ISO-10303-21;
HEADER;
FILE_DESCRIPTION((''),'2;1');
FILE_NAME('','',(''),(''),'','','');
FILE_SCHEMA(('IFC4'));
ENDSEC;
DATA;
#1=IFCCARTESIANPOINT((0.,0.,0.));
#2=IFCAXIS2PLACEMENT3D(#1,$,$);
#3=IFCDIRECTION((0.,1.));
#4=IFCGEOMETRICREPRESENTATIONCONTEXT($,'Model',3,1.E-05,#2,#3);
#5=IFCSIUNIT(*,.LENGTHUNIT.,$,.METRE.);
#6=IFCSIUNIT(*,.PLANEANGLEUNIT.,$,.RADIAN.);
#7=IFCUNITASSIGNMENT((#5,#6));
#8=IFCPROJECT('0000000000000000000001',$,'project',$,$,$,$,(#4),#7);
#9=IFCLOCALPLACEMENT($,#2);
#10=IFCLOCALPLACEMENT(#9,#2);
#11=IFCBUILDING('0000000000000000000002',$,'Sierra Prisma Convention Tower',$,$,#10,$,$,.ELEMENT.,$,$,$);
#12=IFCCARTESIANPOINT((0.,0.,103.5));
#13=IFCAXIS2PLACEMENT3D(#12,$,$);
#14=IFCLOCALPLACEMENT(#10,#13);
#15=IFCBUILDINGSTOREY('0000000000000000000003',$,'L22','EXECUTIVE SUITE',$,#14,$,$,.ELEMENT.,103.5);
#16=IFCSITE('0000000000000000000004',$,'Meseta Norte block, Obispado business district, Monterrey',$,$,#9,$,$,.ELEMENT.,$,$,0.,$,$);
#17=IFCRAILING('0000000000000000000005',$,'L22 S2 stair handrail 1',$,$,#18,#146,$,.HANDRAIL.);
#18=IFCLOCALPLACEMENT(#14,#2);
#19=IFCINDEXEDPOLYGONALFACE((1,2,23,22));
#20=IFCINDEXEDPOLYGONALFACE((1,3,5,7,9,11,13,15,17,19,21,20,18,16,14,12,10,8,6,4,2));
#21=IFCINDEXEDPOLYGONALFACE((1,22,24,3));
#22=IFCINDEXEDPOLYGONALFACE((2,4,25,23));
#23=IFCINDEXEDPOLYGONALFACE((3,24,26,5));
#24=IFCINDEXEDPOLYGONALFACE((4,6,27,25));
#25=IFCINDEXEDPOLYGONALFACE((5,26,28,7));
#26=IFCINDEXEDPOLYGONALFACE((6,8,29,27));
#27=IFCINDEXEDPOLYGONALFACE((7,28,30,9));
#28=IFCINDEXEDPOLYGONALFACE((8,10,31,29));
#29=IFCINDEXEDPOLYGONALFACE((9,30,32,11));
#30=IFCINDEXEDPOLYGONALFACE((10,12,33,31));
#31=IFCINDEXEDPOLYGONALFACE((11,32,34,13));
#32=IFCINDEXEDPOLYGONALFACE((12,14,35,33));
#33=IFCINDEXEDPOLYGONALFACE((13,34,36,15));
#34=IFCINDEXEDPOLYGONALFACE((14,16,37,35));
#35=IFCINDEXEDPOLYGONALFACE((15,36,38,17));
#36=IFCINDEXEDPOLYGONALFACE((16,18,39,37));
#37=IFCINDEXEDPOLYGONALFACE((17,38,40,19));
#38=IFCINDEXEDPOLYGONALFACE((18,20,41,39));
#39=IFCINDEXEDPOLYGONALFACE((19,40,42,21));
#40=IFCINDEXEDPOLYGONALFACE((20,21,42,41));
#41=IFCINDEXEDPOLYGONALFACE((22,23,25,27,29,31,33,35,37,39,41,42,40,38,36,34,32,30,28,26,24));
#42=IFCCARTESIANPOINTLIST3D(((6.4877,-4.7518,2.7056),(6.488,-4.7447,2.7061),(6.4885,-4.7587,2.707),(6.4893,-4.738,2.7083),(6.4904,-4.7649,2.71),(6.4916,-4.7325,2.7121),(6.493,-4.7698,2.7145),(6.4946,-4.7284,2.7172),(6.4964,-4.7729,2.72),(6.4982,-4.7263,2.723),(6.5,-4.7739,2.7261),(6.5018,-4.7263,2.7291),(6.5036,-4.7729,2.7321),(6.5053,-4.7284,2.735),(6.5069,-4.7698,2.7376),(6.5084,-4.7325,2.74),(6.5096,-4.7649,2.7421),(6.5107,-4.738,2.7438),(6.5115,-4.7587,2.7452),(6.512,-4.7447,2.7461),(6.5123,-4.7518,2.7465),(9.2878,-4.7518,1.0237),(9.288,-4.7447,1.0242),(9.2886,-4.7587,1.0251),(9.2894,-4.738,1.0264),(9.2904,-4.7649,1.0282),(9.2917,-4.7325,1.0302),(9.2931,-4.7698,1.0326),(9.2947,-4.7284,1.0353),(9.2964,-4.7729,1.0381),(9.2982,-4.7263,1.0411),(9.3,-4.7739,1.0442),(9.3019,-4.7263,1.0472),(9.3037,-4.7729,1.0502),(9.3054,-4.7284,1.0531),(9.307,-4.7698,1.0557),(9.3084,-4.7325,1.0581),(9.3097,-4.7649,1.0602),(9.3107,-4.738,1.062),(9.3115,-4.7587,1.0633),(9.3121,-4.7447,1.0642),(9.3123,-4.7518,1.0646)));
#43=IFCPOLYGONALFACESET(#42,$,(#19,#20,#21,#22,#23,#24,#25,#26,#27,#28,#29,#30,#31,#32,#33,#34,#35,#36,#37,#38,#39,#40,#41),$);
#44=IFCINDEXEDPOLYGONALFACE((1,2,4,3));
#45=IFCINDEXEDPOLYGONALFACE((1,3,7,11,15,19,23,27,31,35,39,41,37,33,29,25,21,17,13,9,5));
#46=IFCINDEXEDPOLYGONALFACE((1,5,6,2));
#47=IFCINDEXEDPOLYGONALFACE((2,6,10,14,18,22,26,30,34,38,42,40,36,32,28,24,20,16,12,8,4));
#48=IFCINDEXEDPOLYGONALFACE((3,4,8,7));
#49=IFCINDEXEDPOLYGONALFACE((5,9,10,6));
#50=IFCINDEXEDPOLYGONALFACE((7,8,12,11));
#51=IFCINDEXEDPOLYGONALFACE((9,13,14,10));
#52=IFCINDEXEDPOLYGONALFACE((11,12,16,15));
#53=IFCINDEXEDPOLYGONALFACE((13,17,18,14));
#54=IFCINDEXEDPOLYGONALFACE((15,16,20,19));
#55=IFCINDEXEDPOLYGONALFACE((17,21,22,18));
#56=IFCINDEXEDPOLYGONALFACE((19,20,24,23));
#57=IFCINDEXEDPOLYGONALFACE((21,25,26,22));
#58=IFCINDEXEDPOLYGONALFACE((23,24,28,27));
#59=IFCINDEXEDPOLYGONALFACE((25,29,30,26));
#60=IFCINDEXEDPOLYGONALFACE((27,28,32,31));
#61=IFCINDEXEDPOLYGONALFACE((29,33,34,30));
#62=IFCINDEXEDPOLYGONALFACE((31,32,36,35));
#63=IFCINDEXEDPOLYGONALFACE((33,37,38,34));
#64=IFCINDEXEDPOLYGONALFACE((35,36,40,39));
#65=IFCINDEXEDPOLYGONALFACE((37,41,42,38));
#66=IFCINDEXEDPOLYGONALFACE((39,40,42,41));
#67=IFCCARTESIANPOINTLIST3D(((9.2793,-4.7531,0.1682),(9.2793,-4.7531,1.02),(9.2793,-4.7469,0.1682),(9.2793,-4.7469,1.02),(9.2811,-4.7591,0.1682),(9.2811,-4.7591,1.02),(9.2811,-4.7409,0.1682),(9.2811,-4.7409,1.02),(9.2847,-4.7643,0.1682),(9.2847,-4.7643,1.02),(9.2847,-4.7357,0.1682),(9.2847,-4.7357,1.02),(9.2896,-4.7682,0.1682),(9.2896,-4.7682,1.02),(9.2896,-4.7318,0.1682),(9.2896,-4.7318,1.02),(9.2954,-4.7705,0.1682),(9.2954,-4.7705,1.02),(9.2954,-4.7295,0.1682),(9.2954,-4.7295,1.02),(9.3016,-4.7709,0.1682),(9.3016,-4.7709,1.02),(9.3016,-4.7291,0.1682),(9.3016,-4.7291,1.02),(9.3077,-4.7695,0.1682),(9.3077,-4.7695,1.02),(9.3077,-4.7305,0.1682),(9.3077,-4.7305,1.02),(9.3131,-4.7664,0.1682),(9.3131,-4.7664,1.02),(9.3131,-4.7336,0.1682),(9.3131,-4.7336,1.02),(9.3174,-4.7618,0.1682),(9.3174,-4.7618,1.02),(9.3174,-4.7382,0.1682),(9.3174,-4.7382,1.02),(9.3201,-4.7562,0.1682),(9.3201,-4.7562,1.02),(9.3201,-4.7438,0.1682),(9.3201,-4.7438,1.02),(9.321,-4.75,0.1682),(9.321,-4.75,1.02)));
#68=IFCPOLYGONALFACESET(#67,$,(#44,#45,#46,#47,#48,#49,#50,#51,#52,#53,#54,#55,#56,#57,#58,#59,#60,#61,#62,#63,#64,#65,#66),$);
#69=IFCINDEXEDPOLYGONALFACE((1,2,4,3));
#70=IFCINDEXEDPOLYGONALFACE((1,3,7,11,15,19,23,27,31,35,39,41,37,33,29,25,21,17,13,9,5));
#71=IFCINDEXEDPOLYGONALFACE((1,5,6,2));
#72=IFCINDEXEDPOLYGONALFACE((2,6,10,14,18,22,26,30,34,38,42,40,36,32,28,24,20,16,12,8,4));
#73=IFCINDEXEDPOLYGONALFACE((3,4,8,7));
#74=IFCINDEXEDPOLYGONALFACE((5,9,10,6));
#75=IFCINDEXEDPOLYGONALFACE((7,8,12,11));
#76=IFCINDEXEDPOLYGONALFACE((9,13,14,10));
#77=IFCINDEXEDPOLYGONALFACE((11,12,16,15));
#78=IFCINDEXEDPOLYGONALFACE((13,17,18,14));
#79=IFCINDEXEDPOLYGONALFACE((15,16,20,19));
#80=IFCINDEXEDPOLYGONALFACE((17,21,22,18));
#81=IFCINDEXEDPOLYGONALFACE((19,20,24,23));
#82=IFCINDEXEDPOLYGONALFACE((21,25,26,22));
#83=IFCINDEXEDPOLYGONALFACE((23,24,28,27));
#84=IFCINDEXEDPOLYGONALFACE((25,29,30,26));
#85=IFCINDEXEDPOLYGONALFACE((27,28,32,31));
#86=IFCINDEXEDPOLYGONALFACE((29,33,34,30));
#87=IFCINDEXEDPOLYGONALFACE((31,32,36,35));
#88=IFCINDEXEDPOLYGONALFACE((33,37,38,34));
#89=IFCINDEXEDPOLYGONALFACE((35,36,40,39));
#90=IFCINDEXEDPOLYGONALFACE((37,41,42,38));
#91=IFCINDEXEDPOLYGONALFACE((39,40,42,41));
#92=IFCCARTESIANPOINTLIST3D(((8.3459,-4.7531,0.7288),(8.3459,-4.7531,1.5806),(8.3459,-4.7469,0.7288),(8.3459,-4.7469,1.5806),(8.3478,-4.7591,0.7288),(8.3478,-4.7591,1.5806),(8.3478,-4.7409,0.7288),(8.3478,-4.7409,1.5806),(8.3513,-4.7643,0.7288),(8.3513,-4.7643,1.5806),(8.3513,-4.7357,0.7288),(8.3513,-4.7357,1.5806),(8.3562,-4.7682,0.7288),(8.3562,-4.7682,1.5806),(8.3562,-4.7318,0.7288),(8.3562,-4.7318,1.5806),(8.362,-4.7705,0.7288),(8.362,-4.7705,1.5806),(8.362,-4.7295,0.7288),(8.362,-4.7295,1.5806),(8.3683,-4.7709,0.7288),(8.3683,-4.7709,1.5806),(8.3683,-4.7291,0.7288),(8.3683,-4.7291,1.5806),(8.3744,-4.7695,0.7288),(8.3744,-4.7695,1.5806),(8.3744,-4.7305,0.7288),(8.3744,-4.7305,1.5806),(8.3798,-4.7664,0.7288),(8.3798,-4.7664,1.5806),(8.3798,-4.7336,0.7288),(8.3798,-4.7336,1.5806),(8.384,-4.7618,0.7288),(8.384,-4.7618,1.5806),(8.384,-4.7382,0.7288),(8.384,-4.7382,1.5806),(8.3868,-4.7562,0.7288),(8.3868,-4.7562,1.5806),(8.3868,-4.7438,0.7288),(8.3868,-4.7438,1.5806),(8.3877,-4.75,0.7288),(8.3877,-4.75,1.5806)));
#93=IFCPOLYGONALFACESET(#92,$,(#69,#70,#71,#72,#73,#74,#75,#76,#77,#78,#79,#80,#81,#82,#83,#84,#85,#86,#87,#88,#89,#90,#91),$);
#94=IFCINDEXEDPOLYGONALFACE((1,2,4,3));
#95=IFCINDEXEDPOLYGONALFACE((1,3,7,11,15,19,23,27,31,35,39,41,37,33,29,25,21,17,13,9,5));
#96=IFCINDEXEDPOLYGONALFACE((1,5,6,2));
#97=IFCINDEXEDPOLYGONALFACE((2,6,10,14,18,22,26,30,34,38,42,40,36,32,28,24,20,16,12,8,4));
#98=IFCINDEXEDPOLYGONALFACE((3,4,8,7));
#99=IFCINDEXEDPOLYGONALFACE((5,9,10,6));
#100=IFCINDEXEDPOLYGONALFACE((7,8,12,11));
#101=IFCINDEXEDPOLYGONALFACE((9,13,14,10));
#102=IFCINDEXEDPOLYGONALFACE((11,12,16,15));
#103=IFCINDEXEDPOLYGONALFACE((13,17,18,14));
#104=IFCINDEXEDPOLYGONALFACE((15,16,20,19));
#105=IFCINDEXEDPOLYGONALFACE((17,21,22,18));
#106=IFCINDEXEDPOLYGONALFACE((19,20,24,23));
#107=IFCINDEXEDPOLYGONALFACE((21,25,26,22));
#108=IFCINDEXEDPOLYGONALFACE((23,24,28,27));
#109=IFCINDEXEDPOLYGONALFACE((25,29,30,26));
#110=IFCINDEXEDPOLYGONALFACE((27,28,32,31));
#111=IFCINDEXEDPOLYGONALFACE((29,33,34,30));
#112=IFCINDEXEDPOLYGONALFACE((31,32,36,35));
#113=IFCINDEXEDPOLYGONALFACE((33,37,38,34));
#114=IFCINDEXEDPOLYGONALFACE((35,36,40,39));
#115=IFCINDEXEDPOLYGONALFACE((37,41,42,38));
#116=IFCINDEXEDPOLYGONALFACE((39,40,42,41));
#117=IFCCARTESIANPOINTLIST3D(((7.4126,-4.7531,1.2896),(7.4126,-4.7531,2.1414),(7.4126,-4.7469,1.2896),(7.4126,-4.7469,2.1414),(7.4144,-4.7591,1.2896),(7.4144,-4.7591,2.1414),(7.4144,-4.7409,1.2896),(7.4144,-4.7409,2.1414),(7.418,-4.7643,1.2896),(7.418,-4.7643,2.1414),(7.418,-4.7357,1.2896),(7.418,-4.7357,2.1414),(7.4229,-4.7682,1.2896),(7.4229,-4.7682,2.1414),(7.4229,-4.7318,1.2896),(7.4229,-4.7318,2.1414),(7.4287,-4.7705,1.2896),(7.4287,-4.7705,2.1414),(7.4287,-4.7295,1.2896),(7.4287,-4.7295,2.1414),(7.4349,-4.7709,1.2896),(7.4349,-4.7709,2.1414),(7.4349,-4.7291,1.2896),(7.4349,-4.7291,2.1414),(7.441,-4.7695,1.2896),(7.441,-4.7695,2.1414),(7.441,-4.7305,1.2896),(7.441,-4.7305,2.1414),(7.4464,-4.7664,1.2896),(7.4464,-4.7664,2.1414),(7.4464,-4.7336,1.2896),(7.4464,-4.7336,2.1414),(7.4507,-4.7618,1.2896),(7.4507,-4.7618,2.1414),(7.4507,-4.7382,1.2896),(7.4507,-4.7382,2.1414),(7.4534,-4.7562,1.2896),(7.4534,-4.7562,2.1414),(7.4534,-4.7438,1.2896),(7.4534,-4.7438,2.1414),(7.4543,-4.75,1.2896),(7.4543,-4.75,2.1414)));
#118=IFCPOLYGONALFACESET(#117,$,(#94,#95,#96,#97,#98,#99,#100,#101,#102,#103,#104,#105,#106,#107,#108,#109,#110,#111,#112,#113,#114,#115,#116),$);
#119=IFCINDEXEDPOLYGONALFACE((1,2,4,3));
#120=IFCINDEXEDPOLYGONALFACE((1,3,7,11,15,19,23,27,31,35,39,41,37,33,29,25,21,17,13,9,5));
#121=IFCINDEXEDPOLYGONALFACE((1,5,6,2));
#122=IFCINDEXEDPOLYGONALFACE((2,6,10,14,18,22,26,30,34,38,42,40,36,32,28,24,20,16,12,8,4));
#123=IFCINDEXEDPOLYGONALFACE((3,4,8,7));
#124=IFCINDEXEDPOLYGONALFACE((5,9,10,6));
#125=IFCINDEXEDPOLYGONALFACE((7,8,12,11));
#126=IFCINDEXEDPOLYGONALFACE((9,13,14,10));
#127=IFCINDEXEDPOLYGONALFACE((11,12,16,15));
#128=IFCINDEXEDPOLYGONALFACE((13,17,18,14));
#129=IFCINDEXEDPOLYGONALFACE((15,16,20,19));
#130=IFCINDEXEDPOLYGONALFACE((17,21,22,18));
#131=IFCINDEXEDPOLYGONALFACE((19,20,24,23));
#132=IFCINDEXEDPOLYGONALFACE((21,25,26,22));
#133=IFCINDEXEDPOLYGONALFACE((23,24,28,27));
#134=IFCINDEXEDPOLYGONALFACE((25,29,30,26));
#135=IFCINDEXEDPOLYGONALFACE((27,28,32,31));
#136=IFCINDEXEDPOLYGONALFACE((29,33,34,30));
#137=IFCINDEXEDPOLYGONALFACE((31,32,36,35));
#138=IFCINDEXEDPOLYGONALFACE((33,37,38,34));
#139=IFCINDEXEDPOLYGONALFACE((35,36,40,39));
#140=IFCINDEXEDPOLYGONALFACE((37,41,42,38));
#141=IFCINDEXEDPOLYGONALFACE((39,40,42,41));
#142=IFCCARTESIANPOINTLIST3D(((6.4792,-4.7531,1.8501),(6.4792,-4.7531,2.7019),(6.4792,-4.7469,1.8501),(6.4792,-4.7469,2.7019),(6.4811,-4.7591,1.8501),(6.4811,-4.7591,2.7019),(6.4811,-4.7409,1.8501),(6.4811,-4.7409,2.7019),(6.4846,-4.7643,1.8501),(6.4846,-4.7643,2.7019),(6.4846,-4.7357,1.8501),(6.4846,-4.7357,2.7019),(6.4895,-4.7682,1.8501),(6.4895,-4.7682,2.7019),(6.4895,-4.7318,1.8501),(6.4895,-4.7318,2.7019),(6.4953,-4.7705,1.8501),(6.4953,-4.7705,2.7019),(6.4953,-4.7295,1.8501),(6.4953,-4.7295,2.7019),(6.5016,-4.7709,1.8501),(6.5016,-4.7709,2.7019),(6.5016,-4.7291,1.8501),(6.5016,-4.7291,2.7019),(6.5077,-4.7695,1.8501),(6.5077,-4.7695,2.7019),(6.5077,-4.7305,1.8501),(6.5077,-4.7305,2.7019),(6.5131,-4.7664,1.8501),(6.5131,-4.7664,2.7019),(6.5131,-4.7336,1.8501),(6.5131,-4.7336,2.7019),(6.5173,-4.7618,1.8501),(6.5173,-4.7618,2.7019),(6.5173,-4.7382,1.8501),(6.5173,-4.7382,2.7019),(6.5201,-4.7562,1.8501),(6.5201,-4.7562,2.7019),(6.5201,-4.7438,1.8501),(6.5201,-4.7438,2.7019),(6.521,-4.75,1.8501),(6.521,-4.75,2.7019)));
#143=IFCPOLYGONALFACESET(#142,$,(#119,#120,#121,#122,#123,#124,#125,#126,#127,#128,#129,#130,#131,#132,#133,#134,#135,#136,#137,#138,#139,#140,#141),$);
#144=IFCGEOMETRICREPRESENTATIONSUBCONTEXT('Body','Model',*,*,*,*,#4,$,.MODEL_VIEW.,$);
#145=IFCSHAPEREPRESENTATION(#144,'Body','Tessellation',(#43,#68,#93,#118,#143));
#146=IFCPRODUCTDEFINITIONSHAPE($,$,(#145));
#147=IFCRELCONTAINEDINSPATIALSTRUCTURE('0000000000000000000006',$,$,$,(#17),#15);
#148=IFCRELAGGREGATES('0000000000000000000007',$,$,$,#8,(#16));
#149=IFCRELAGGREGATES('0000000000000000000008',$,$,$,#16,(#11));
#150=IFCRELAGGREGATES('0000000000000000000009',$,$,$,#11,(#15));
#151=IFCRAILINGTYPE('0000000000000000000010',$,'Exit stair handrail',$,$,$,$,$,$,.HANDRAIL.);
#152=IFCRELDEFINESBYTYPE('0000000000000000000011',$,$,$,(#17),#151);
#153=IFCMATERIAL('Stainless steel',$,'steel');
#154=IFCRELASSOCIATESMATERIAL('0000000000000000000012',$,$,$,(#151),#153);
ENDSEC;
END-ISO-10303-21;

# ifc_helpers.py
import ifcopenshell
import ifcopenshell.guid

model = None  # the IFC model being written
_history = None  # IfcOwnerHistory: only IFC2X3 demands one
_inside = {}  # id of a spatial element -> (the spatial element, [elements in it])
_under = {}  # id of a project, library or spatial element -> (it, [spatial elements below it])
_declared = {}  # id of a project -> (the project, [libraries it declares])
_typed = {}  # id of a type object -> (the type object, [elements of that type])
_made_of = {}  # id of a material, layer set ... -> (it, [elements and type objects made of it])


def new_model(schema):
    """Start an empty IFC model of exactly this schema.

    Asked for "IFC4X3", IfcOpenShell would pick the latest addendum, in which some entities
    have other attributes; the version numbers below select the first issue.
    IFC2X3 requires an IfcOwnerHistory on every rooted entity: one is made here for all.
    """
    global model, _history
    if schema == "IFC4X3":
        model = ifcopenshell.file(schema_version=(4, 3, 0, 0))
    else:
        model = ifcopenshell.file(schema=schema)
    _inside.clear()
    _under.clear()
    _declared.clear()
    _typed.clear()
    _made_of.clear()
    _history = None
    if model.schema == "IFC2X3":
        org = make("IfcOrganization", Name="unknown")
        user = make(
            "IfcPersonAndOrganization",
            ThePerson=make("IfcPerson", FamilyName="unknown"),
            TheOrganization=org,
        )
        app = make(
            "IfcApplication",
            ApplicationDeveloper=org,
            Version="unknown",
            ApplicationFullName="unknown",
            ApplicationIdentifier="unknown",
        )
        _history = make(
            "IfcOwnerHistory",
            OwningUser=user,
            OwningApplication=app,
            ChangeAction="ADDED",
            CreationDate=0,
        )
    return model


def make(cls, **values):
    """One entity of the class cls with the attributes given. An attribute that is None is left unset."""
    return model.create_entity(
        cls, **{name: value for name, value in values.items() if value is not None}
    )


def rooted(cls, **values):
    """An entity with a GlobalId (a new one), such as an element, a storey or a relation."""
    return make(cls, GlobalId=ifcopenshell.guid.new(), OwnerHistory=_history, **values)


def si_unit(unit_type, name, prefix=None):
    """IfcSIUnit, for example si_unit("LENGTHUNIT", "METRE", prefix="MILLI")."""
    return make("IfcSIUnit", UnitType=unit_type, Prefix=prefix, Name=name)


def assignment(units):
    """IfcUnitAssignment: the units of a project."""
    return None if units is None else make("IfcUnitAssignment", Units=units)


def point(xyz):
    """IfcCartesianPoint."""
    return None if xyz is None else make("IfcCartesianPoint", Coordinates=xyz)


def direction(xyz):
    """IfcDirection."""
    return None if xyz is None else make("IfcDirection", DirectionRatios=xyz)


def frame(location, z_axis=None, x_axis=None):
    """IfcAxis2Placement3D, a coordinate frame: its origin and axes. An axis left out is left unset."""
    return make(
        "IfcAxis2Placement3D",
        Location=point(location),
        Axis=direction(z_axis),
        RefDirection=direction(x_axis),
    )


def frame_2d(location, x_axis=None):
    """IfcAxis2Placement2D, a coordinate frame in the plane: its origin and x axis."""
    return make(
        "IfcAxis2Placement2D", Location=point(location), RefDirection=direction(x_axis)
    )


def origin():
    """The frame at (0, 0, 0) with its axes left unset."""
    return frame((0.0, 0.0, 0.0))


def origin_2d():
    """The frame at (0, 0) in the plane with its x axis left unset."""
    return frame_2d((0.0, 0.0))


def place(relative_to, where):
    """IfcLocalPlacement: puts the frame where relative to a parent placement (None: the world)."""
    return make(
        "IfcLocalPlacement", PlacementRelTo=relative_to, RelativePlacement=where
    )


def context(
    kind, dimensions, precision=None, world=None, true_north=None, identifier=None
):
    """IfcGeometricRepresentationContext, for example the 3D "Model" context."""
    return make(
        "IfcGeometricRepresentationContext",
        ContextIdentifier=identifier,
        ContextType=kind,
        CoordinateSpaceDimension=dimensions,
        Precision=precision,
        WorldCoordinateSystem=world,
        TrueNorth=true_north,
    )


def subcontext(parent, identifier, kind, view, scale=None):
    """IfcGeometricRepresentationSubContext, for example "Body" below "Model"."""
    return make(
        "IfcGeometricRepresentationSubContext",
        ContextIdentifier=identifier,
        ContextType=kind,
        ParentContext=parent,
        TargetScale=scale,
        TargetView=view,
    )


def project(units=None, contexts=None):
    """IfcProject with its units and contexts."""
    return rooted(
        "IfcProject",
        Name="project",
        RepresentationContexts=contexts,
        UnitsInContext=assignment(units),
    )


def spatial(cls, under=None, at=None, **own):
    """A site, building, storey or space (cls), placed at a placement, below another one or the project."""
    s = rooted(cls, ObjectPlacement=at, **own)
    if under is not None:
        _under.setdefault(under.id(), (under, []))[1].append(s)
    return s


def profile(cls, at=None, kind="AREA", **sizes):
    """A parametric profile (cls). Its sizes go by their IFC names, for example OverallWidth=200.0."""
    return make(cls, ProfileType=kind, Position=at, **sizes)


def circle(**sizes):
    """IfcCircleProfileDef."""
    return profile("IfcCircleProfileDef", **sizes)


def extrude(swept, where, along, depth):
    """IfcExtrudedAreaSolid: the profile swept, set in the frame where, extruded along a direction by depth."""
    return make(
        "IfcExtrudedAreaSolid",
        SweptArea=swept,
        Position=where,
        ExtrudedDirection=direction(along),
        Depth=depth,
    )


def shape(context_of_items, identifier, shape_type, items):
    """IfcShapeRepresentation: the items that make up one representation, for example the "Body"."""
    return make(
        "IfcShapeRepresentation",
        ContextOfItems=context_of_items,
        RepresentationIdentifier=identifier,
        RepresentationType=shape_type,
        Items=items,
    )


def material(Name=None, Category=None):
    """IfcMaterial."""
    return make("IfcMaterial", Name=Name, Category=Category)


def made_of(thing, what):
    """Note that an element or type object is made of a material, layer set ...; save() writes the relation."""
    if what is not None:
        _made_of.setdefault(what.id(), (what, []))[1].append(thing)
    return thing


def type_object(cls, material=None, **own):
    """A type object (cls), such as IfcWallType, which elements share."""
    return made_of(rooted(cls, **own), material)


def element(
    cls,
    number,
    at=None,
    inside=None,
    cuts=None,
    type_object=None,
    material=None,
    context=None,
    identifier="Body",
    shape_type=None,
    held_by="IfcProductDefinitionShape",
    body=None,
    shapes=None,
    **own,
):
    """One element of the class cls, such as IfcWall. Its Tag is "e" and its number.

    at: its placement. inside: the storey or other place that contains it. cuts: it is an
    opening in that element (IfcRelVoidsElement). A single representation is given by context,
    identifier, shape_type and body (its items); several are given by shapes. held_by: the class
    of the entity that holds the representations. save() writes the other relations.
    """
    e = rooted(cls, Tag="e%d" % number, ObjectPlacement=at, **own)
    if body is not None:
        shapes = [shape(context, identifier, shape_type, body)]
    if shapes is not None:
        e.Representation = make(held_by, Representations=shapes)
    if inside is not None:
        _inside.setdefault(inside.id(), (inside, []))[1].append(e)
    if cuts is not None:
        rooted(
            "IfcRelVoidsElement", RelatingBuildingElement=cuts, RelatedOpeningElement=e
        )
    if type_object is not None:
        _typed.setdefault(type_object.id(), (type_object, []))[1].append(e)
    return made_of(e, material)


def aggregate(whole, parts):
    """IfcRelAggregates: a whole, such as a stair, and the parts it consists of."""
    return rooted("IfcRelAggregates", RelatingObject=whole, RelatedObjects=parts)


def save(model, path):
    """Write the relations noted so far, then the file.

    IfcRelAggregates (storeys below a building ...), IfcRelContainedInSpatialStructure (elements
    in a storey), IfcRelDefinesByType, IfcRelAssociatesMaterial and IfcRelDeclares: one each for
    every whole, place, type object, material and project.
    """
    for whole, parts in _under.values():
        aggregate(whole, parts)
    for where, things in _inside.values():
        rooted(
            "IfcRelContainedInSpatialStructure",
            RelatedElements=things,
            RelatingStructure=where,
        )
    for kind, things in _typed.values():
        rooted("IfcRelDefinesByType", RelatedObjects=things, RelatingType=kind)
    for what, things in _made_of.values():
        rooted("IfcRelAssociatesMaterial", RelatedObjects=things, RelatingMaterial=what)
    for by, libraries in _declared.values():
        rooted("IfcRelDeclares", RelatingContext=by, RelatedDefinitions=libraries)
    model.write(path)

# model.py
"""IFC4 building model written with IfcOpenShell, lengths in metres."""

from ifc_helpers import new_model, si_unit, direction, frame, origin, origin_2d, place, context, subcontext, project, spatial, circle, extrude, material, type_object, element, save


model = new_model("IFC4")

# Units and contexts
model_context = context("Model", 3, precision=1e-05, world=origin(), true_north=direction((0.0, 1.0)))
body_context = subcontext(model_context, "Body", "Model", "MODEL_VIEW")
ifc_project = project(units=[si_unit("LENGTHUNIT", "METRE"), si_unit("PLANEANGLEUNIT", "RADIAN")], contexts=[model_context])

# Site, building, storey
site_placement = place(None, origin())
site = spatial("IfcSite", under=ifc_project, at=site_placement, Name="Meseta Norte block, Obispado business district, Monterrey", CompositionType="ELEMENT", RefElevation=0.0)
building_placement = place(site_placement, origin())
building = spatial("IfcBuilding", under=site, at=building_placement, Name="Sierra Prisma Convention Tower", CompositionType="ELEMENT")
storey_placement = place(building_placement, frame((0.0, 0.0, 103.5)))
storey = spatial("IfcBuildingStorey", under=building, at=storey_placement, Name="L22", Description="EXECUTIVE SUITE", CompositionType="ELEMENT", Elevation=103.5)

# Railing
ifc_material_1 = material(Name="Stainless steel", Category="steel")
railing_type_1 = type_object("IfcRailingType", Name="Exit stair handrail", PredefinedType="HANDRAIL", material=ifc_material_1)
railing_1_placement = place(storey_placement, frame((9.3, -4.75, 0.1682)))
element("IfcRailing", 1, at=railing_1_placement, inside=storey, type_object=railing_type_1, Name="L22 S2 stair handrail 1", PredefinedType="HANDRAIL", context=body_context, shape_type="SweptSolid", body=[
    extrude(circle(Radius=0.0239, at=origin_2d()), frame((0.0, 0.0, 0.876), z_axis=(-0.857242, 0.0, 0.514913), x_axis=(0.0, -1.0, 0.0)), (0.0, 0.0, 1.0), 3.2664),
    extrude(circle(Radius=0.021, at=origin_2d()), origin(), (0.0, 0.0, 1.0), 0.8518),
    extrude(circle(Radius=0.021, at=origin_2d()), frame((-0.9333, 0.0, 0.5605)), (0.0, 0.0, 1.0), 0.8518),
    extrude(circle(Radius=0.021, at=origin_2d()), frame((-1.8667, 0.0, 1.1213)), (0.0, 0.0, 1.0), 0.8518),
    extrude(circle(Radius=0.021, at=origin_2d()), frame((-2.8, 0.0, 1.6819)), (0.0, 0.0, 1.0), 0.8518),
])

save(model, "model.ifc")
